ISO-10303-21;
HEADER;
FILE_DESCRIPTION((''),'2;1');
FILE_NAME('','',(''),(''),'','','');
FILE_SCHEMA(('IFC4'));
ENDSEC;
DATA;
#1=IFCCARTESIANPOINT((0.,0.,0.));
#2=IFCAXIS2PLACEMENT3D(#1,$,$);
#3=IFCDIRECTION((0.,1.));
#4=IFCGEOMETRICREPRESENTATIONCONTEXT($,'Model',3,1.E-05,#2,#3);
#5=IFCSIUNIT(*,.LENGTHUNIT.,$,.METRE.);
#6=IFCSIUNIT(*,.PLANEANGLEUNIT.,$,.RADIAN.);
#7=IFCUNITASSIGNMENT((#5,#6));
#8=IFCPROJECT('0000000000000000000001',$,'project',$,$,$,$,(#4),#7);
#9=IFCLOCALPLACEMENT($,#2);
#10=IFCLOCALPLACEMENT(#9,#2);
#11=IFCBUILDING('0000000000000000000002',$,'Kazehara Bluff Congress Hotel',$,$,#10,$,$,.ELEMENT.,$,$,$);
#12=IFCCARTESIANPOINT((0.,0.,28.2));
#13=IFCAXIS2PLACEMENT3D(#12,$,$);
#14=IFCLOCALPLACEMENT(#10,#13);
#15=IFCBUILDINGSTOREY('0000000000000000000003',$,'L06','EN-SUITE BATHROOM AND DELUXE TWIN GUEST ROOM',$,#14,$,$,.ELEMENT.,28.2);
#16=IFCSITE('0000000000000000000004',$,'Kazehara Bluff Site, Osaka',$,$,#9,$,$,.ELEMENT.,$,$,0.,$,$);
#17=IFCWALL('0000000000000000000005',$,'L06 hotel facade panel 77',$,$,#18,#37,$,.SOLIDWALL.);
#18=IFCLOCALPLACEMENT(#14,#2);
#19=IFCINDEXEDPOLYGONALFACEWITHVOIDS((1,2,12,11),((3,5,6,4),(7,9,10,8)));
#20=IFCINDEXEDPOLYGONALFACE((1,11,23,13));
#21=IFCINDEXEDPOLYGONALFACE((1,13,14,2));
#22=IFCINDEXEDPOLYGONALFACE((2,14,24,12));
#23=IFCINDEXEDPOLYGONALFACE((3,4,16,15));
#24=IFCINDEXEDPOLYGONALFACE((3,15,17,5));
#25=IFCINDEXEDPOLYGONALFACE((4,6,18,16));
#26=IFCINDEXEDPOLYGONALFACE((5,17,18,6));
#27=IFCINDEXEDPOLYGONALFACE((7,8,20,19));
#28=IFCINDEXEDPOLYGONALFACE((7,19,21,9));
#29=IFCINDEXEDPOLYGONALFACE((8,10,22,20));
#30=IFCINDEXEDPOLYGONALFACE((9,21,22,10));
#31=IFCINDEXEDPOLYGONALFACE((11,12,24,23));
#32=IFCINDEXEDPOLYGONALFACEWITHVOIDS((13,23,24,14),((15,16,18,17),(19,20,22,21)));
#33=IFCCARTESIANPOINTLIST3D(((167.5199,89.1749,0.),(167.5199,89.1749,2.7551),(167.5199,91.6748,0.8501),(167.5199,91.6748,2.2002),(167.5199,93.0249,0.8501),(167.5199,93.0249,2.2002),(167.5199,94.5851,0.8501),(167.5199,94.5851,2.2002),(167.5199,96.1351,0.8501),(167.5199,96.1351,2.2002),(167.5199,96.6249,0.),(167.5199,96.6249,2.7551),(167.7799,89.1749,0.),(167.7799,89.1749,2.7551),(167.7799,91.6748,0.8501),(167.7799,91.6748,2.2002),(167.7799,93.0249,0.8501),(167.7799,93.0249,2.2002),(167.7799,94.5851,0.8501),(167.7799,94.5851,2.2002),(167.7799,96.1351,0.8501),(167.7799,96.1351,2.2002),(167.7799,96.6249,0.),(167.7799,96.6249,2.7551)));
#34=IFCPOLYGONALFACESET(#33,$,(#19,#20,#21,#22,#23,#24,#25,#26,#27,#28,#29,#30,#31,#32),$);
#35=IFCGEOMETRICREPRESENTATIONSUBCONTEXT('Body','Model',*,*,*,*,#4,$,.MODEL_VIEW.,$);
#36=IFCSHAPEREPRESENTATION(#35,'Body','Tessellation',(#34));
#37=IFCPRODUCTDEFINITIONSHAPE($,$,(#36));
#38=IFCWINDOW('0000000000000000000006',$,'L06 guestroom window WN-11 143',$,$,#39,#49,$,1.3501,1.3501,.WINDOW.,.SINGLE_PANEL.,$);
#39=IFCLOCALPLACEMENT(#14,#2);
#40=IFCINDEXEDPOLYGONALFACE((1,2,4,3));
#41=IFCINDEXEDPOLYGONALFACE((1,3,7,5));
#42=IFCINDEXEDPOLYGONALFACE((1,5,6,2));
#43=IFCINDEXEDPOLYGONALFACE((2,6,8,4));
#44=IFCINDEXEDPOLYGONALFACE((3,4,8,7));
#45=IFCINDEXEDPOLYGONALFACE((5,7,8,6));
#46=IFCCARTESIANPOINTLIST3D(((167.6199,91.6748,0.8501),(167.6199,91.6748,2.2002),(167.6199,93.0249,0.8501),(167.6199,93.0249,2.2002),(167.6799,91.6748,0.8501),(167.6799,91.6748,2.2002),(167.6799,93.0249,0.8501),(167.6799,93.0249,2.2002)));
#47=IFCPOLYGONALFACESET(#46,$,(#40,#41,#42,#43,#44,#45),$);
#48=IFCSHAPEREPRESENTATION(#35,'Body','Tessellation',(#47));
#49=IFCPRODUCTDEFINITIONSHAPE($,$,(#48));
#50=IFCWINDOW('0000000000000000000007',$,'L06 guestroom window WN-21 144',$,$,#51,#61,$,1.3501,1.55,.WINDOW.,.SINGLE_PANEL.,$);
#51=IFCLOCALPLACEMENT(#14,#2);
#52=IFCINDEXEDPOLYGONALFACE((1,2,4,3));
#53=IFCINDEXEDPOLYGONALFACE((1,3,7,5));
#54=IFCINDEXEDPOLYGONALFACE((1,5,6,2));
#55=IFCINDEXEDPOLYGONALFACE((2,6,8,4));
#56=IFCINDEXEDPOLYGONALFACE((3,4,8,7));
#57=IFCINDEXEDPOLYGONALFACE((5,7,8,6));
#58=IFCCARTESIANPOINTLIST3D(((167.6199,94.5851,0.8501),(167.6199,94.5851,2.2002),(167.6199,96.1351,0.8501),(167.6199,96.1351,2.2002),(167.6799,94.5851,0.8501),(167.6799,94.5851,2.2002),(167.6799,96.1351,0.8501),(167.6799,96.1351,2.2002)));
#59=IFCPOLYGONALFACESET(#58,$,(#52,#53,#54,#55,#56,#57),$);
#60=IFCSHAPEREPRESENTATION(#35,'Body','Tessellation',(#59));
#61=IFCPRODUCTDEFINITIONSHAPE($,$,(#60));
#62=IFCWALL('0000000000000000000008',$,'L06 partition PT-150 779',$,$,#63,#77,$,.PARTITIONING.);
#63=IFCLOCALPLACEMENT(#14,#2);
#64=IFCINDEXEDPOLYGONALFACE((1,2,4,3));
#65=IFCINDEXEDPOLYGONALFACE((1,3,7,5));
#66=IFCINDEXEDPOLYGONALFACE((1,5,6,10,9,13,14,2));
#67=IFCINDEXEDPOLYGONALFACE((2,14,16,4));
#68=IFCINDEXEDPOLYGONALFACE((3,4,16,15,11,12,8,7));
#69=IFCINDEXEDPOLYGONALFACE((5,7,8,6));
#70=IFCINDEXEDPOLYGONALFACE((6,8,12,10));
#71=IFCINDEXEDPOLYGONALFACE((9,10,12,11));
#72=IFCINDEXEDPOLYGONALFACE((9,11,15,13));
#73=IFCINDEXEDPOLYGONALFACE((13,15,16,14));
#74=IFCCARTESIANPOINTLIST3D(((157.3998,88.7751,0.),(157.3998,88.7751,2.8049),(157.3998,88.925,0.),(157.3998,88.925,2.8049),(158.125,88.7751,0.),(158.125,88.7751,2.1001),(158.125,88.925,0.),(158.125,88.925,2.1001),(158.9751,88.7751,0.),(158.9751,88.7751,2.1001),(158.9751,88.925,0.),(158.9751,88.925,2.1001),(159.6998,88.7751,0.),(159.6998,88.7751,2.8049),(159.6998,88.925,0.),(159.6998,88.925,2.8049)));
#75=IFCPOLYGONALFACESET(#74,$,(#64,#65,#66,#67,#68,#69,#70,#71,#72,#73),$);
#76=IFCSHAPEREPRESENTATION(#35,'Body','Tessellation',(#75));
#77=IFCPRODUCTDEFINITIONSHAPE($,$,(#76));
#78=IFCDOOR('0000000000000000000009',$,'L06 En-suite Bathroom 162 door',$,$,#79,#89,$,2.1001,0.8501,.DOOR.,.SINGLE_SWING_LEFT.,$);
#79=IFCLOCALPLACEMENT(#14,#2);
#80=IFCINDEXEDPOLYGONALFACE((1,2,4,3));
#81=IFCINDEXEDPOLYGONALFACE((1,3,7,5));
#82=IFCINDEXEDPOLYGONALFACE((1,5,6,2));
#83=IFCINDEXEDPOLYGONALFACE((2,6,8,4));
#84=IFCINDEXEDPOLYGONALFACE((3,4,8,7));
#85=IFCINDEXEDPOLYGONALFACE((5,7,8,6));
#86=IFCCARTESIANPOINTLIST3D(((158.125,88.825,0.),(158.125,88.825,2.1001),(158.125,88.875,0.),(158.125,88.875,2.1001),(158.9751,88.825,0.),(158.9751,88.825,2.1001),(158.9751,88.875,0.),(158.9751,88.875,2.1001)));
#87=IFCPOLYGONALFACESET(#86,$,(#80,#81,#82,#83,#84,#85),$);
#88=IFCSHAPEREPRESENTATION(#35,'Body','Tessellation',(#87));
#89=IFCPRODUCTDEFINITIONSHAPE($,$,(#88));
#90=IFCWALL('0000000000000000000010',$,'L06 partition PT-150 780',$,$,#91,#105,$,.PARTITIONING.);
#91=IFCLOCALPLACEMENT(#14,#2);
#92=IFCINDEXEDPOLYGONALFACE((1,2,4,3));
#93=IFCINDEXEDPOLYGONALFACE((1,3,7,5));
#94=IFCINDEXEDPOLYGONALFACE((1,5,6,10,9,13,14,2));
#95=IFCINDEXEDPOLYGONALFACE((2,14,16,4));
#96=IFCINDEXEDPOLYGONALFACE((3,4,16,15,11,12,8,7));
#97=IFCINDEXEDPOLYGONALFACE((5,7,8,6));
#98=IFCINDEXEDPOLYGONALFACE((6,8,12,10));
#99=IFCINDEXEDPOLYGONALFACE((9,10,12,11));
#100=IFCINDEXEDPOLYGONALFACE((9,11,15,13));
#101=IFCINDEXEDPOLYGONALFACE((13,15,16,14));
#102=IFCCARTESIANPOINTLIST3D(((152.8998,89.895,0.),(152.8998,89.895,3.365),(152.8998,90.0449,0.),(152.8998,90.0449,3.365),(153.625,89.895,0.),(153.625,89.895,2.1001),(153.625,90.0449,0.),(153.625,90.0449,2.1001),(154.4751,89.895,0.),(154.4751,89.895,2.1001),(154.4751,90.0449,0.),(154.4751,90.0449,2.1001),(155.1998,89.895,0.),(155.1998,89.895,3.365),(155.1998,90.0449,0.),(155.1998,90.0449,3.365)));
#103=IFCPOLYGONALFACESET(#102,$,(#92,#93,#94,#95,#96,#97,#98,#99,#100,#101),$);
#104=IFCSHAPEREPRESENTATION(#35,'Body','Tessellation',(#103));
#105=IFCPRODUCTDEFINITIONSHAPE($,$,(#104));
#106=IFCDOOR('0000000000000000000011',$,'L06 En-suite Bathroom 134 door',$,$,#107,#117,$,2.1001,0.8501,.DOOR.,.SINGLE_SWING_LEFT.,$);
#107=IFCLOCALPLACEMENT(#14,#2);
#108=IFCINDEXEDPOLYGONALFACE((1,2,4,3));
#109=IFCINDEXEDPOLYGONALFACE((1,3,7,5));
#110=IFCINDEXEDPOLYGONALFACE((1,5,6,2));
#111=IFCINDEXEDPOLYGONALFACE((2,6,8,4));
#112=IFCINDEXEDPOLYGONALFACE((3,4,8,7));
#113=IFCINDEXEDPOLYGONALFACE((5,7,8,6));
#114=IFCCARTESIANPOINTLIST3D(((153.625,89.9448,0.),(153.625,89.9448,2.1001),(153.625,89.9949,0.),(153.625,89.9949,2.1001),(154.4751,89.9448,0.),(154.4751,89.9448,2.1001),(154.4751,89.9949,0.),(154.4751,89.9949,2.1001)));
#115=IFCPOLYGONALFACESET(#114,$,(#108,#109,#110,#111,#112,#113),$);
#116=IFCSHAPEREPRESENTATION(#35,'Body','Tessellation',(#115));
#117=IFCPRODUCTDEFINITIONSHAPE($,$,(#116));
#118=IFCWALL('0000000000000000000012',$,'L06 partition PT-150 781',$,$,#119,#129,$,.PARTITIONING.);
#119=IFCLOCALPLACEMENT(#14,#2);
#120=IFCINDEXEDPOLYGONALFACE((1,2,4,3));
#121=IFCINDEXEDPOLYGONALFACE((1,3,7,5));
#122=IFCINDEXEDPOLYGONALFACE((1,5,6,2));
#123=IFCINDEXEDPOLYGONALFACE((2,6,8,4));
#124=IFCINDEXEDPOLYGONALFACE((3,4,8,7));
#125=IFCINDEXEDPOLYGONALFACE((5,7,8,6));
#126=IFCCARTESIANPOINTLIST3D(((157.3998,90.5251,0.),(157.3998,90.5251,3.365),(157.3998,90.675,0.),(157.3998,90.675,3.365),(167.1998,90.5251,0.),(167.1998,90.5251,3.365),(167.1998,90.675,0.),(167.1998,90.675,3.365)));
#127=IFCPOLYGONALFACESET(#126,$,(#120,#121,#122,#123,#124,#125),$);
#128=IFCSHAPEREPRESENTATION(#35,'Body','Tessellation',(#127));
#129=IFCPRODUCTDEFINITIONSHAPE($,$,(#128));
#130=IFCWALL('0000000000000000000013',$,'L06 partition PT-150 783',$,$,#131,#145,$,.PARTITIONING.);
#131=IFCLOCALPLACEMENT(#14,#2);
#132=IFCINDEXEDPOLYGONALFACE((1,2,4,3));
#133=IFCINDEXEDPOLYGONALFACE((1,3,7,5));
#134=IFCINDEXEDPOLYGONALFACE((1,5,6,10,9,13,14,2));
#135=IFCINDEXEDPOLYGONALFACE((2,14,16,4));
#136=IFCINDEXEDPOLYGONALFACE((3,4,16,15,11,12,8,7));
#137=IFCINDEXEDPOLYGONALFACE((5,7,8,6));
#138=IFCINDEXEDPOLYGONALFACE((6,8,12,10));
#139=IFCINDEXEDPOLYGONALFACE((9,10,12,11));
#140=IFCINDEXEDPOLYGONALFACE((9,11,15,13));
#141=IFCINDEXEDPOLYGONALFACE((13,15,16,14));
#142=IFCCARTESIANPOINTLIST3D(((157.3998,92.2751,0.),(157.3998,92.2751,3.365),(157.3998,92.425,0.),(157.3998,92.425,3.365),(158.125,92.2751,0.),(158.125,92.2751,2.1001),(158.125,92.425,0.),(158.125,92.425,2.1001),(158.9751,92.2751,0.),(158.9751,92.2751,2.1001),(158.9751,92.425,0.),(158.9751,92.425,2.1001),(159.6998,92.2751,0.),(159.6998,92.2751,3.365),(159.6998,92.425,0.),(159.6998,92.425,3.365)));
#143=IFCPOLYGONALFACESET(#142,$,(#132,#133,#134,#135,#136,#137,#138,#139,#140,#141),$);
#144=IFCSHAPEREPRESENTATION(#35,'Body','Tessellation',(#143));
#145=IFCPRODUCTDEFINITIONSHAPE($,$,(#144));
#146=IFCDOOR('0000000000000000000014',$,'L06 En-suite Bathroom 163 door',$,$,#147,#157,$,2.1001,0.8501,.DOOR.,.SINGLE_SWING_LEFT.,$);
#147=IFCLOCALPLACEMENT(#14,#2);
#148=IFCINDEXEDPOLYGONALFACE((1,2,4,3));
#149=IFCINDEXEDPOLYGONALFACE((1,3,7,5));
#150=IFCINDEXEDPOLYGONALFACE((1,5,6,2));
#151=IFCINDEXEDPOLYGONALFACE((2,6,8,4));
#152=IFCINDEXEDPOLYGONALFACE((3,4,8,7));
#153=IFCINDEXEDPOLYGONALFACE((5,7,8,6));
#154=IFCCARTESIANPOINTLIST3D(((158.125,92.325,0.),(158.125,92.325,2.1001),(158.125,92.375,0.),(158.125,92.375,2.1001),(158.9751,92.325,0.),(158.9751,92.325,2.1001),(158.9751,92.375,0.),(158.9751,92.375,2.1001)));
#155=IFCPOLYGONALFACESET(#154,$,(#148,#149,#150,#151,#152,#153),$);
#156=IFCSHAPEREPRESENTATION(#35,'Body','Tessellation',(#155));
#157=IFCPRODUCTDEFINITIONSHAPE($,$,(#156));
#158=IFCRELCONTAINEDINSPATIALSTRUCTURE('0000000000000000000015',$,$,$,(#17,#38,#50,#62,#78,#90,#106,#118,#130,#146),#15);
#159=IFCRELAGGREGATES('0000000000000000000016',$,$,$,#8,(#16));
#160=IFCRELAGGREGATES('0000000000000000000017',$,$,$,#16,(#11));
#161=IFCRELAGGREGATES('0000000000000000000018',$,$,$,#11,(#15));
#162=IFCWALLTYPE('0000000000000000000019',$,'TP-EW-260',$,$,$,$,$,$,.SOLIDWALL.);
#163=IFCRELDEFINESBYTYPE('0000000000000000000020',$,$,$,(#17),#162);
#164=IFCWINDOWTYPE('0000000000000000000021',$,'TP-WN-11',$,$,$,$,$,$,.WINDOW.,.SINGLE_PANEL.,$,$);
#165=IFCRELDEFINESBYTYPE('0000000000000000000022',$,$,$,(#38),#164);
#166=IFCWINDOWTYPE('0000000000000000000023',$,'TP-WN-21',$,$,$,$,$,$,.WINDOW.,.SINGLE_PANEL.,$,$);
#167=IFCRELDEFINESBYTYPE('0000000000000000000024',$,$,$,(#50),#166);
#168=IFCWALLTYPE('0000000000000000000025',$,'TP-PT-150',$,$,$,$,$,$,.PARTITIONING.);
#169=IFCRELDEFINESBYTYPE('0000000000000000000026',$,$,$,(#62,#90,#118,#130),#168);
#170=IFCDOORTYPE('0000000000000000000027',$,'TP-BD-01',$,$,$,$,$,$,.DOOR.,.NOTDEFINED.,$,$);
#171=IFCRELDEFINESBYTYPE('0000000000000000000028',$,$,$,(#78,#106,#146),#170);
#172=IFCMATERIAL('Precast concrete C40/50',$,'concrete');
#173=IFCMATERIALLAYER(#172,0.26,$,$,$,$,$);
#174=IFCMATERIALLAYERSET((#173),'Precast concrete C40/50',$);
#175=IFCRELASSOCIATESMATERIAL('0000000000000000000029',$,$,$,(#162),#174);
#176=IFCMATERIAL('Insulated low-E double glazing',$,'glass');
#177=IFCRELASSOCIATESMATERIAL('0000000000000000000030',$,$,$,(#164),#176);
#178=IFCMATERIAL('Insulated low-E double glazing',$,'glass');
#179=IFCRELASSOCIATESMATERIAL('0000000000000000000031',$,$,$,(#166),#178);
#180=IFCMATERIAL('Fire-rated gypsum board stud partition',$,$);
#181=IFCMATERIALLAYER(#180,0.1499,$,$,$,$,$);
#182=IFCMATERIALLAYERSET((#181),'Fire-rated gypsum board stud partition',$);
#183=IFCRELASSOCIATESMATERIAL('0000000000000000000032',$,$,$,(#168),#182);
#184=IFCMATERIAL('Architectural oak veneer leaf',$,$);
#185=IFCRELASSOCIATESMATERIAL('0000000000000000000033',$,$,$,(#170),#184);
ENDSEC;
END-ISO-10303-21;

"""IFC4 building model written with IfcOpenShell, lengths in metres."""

from ifc_helpers import new_model, si_unit, direction, frame, frame_2d, origin, place, context, subcontext, project, spatial, rectangle, extrude, material, layer, layer_set, type_object, element, fill, save


model = new_model("IFC4")

# Units and contexts
model_context = context("Model", 3, precision=1e-05, world=origin(), true_north=direction((0.0, 1.0)))
body_context = subcontext(model_context, "Body", "Model", "MODEL_VIEW")
ifc_project = project(units=[si_unit("LENGTHUNIT", "METRE"), si_unit("PLANEANGLEUNIT", "RADIAN")], contexts=[model_context])

# Site, building, storey
site_placement = place(None, origin())
site = spatial("IfcSite", under=ifc_project, at=site_placement, Name="Kazehara Bluff Site, Osaka", CompositionType="ELEMENT", RefElevation=0.0)
building_placement = place(site_placement, origin())
building = spatial("IfcBuilding", under=site, at=building_placement, Name="Kazehara Bluff Congress Hotel", CompositionType="ELEMENT")
storey_placement = place(building_placement, frame((0.0, 0.0, 28.2)))
storey = spatial("IfcBuildingStorey", under=building, at=storey_placement, Name="L06", Description="EN-SUITE BATHROOM AND DELUXE TWIN GUEST ROOM", CompositionType="ELEMENT", Elevation=28.2)

# Wall, openings, windows
ifc_material_1 = material(Name="Precast concrete C40/50", Category="concrete")
ifc_layer_1 = layer(ifc_material_1, 0.26)
ifc_layer_set_1 = layer_set([ifc_layer_1], Name="Precast concrete C40/50")
wall_type_1 = type_object("IfcWallType", Name="TP-EW-260", PredefinedType="SOLIDWALL", material=ifc_layer_set_1)
wall_1_placement = place(storey_placement, frame((167.6499, 96.625, 0.0), z_axis=(0.0, 0.0, 1.0), x_axis=(0.0, -1.0, 0.0)))
wall_1 = element("IfcWall", 1, at=wall_1_placement, inside=storey, type_object=wall_type_1, Name="L06 hotel facade panel 77", PredefinedType="SOLIDWALL", context=body_context, shape_type="SweptSolid", body=[
    extrude(rectangle(XDim=7.45, YDim=0.26, at=frame_2d((3.7251, 0.0))), origin(), (0.0, 0.0, 1.0), 2.7551),
])
opening_1_placement = place(wall_1_placement, frame((3.6001, 0.0, 0.8501)))
opening_1 = element("IfcOpeningElement", 2, at=opening_1_placement, cuts=wall_1, PredefinedType="OPENING", context=body_context, shape_type="SweptSolid", body=[
    extrude(rectangle(XDim=1.3501, YDim=1.3501, at=frame_2d((0.675, 0.675))), frame((0.0, 0.1399, 0.0), z_axis=(0.0, -1.0, 0.0), x_axis=(1.0, 0.0, 0.0)), (0.0, 0.0, 1.0), 0.28),
])
opening_2_placement = place(wall_1_placement, frame((0.49, 0.0, 0.8501)))
opening_2 = element("IfcOpeningElement", 3, at=opening_2_placement, cuts=wall_1, PredefinedType="OPENING", context=body_context, shape_type="SweptSolid", body=[
    extrude(rectangle(XDim=1.55, YDim=1.3501, at=frame_2d((0.7749, 0.675))), frame((0.0, 0.1399, 0.0), z_axis=(0.0, -1.0, 0.0), x_axis=(1.0, 0.0, 0.0)), (0.0, 0.0, 1.0), 0.28),
])
ifc_material_2 = material(Name="Insulated low-E double glazing", Category="glass")
window_type_1 = type_object("IfcWindowType", Name="TP-WN-11", PartitioningType="SINGLE_PANEL", PredefinedType="WINDOW", material=ifc_material_2)
window_1_placement = place(opening_1_placement, origin())
window_1 = element("IfcWindow", 4, at=window_1_placement, inside=storey, type_object=window_type_1, Name="L06 guestroom window WN-11 143", OverallHeight=1.3501, OverallWidth=1.3501, PartitioningType="SINGLE_PANEL", PredefinedType="WINDOW", context=body_context, shape_type="SweptSolid", body=[
    extrude(rectangle(XDim=1.3501, YDim=1.3501, at=frame_2d((0.675, 0.675))), frame((0.0, 0.03, 0.0), z_axis=(0.0, -1.0, 0.0), x_axis=(1.0, 0.0, 0.0)), (0.0, 0.0, 1.0), 0.0601),
])
fill(opening_1, window_1)
ifc_material_3 = material(Name="Insulated low-E double glazing", Category="glass")
window_type_2 = type_object("IfcWindowType", Name="TP-WN-21", PartitioningType="SINGLE_PANEL", PredefinedType="WINDOW", material=ifc_material_3)
window_2_placement = place(opening_2_placement, origin())
window_2 = element("IfcWindow", 5, at=window_2_placement, inside=storey, type_object=window_type_2, Name="L06 guestroom window WN-21 144", OverallHeight=1.3501, OverallWidth=1.55, PartitioningType="SINGLE_PANEL", PredefinedType="WINDOW", context=body_context, shape_type="SweptSolid", body=[
    extrude(rectangle(XDim=1.55, YDim=1.3501, at=frame_2d((0.7749, 0.675))), frame((0.0, 0.03, 0.0), z_axis=(0.0, -1.0, 0.0), x_axis=(1.0, 0.0, 0.0)), (0.0, 0.0, 1.0), 0.0601),
])
fill(opening_2, window_2)

# Walls, openings, doors
ifc_material_4 = material(Name="Fire-rated gypsum board stud partition")
ifc_layer_2 = layer(ifc_material_4, 0.1499)
ifc_layer_set_2 = layer_set([ifc_layer_2], Name="Fire-rated gypsum board stud partition")
wall_type_2 = type_object("IfcWallType", Name="TP-PT-150", PredefinedType="PARTITIONING", material=ifc_layer_set_2)
wall_2_placement = place(storey_placement, frame((157.3999, 88.8501, 0.0), z_axis=(0.0, 0.0, 1.0), x_axis=(1.0, 0.0, 0.0)))
wall_2 = element("IfcWall", 6, at=wall_2_placement, inside=storey, type_object=wall_type_2, Name="L06 partition PT-150 779", PredefinedType="PARTITIONING", context=body_context, shape_type="SweptSolid", body=[
    extrude(rectangle(XDim=2.3, YDim=0.1499, at=frame_2d((1.1499, 0.0))), origin(), (0.0, 0.0, 1.0), 2.8049),
])
opening_3_placement = place(wall_2_placement, frame((0.7251, 0.0, 0.0)))
opening_3 = element("IfcOpeningElement", 7, at=opening_3_placement, cuts=wall_2, PredefinedType="OPENING", context=body_context, shape_type="SweptSolid", body=[
    extrude(rectangle(XDim=0.8501, YDim=2.1001, at=frame_2d((0.425, 1.05))), frame((0.0, 0.085, 0.0), z_axis=(0.0, -1.0, 0.0), x_axis=(1.0, 0.0, 0.0)), (0.0, 0.0, 1.0), 0.1699),
])
ifc_material_5 = material(Name="Architectural oak veneer leaf")
door_type = type_object("IfcDoorType", Name="TP-BD-01", OperationType="NOTDEFINED", PredefinedType="DOOR", material=ifc_material_5)
door_1_placement = place(opening_3_placement, origin())
door_1 = element("IfcDoor", 8, at=door_1_placement, inside=storey, type_object=door_type, Name="L06 En-suite Bathroom 162 door", OperationType="SINGLE_SWING_LEFT", OverallHeight=2.1001, OverallWidth=0.8501, PredefinedType="DOOR", context=body_context, shape_type="SweptSolid", body=[
    extrude(rectangle(XDim=0.8501, YDim=2.1001, at=frame_2d((0.425, 1.05))), frame((0.0, 0.0249, 0.0), z_axis=(0.0, -1.0, 0.0), x_axis=(1.0, 0.0, 0.0)), (0.0, 0.0, 1.0), 0.05),
])
fill(opening_3, door_1)
wall_3_placement = place(storey_placement, frame((152.8999, 89.97, 0.0), z_axis=(0.0, 0.0, 1.0), x_axis=(1.0, 0.0, 0.0)))
wall_3 = element("IfcWall", 9, at=wall_3_placement, inside=storey, type_object=wall_type_2, Name="L06 partition PT-150 780", PredefinedType="PARTITIONING", context=body_context, shape_type="SweptSolid", body=[
    extrude(rectangle(XDim=2.3, YDim=0.1499, at=frame_2d((1.1499, 0.0))), origin(), (0.0, 0.0, 1.0), 3.365),
])
opening_4_placement = place(wall_3_placement, frame((0.7251, 0.0, 0.0)))
opening_4 = element("IfcOpeningElement", 10, at=opening_4_placement, cuts=wall_3, PredefinedType="OPENING", context=body_context, shape_type="SweptSolid", body=[
    extrude(rectangle(XDim=0.8501, YDim=2.1001, at=frame_2d((0.425, 1.05))), frame((0.0, 0.085, 0.0), z_axis=(0.0, -1.0, 0.0), x_axis=(1.0, 0.0, 0.0)), (0.0, 0.0, 1.0), 0.1699),
])
door_2_placement = place(opening_4_placement, origin())
door_2 = element("IfcDoor", 11, at=door_2_placement, inside=storey, type_object=door_type, Name="L06 En-suite Bathroom 134 door", OperationType="SINGLE_SWING_LEFT", OverallHeight=2.1001, OverallWidth=0.8501, PredefinedType="DOOR", context=body_context, shape_type="SweptSolid", body=[
    extrude(rectangle(XDim=0.8501, YDim=2.1001, at=frame_2d((0.425, 1.05))), frame((0.0, 0.0249, 0.0), z_axis=(0.0, -1.0, 0.0), x_axis=(1.0, 0.0, 0.0)), (0.0, 0.0, 1.0), 0.05),
])
fill(opening_4, door_2)

# Wall
wall_4_placement = place(storey_placement, frame((157.3999, 90.6001, 0.0), z_axis=(0.0, 0.0, 1.0), x_axis=(1.0, 0.0, 0.0)))
element("IfcWall", 12, at=wall_4_placement, inside=storey, type_object=wall_type_2, Name="L06 partition PT-150 781", PredefinedType="PARTITIONING", context=body_context, shape_type="SweptSolid", body=[
    extrude(rectangle(XDim=9.8, YDim=0.1499, at=frame_2d((4.8999, 0.0))), origin(), (0.0, 0.0, 1.0), 3.365),
])

# Wall, opening, door
wall_5_placement = place(storey_placement, frame((157.3999, 92.3501, 0.0), z_axis=(0.0, 0.0, 1.0), x_axis=(1.0, 0.0, 0.0)))
wall_5 = element("IfcWall", 13, at=wall_5_placement, inside=storey, type_object=wall_type_2, Name="L06 partition PT-150 783", PredefinedType="PARTITIONING", context=body_context, shape_type="SweptSolid", body=[
    extrude(rectangle(XDim=2.3, YDim=0.1499, at=frame_2d((1.1499, 0.0))), origin(), (0.0, 0.0, 1.0), 3.365),
])
opening_5_placement = place(wall_5_placement, frame((0.7251, 0.0, 0.0)))
opening_5 = element("IfcOpeningElement", 14, at=opening_5_placement, cuts=wall_5, PredefinedType="OPENING", context=body_context, shape_type="SweptSolid", body=[
    extrude(rectangle(XDim=0.8501, YDim=2.1001, at=frame_2d((0.425, 1.05))), frame((0.0, 0.085, 0.0), z_axis=(0.0, -1.0, 0.0), x_axis=(1.0, 0.0, 0.0)), (0.0, 0.0, 1.0), 0.1699),
])
door_3_placement = place(opening_5_placement, origin())
door_3 = element("IfcDoor", 15, at=door_3_placement, inside=storey, type_object=door_type, Name="L06 En-suite Bathroom 163 door", OperationType="SINGLE_SWING_LEFT", OverallHeight=2.1001, OverallWidth=0.8501, PredefinedType="DOOR", context=body_context, shape_type="SweptSolid", body=[
    extrude(rectangle(XDim=0.8501, YDim=2.1001, at=frame_2d((0.425, 1.05))), frame((0.0, 0.0249, 0.0), z_axis=(0.0, -1.0, 0.0), x_axis=(1.0, 0.0, 0.0)), (0.0, 0.0, 1.0), 0.05),
])
fill(opening_5, door_3)

save(model, "model.ifc")
